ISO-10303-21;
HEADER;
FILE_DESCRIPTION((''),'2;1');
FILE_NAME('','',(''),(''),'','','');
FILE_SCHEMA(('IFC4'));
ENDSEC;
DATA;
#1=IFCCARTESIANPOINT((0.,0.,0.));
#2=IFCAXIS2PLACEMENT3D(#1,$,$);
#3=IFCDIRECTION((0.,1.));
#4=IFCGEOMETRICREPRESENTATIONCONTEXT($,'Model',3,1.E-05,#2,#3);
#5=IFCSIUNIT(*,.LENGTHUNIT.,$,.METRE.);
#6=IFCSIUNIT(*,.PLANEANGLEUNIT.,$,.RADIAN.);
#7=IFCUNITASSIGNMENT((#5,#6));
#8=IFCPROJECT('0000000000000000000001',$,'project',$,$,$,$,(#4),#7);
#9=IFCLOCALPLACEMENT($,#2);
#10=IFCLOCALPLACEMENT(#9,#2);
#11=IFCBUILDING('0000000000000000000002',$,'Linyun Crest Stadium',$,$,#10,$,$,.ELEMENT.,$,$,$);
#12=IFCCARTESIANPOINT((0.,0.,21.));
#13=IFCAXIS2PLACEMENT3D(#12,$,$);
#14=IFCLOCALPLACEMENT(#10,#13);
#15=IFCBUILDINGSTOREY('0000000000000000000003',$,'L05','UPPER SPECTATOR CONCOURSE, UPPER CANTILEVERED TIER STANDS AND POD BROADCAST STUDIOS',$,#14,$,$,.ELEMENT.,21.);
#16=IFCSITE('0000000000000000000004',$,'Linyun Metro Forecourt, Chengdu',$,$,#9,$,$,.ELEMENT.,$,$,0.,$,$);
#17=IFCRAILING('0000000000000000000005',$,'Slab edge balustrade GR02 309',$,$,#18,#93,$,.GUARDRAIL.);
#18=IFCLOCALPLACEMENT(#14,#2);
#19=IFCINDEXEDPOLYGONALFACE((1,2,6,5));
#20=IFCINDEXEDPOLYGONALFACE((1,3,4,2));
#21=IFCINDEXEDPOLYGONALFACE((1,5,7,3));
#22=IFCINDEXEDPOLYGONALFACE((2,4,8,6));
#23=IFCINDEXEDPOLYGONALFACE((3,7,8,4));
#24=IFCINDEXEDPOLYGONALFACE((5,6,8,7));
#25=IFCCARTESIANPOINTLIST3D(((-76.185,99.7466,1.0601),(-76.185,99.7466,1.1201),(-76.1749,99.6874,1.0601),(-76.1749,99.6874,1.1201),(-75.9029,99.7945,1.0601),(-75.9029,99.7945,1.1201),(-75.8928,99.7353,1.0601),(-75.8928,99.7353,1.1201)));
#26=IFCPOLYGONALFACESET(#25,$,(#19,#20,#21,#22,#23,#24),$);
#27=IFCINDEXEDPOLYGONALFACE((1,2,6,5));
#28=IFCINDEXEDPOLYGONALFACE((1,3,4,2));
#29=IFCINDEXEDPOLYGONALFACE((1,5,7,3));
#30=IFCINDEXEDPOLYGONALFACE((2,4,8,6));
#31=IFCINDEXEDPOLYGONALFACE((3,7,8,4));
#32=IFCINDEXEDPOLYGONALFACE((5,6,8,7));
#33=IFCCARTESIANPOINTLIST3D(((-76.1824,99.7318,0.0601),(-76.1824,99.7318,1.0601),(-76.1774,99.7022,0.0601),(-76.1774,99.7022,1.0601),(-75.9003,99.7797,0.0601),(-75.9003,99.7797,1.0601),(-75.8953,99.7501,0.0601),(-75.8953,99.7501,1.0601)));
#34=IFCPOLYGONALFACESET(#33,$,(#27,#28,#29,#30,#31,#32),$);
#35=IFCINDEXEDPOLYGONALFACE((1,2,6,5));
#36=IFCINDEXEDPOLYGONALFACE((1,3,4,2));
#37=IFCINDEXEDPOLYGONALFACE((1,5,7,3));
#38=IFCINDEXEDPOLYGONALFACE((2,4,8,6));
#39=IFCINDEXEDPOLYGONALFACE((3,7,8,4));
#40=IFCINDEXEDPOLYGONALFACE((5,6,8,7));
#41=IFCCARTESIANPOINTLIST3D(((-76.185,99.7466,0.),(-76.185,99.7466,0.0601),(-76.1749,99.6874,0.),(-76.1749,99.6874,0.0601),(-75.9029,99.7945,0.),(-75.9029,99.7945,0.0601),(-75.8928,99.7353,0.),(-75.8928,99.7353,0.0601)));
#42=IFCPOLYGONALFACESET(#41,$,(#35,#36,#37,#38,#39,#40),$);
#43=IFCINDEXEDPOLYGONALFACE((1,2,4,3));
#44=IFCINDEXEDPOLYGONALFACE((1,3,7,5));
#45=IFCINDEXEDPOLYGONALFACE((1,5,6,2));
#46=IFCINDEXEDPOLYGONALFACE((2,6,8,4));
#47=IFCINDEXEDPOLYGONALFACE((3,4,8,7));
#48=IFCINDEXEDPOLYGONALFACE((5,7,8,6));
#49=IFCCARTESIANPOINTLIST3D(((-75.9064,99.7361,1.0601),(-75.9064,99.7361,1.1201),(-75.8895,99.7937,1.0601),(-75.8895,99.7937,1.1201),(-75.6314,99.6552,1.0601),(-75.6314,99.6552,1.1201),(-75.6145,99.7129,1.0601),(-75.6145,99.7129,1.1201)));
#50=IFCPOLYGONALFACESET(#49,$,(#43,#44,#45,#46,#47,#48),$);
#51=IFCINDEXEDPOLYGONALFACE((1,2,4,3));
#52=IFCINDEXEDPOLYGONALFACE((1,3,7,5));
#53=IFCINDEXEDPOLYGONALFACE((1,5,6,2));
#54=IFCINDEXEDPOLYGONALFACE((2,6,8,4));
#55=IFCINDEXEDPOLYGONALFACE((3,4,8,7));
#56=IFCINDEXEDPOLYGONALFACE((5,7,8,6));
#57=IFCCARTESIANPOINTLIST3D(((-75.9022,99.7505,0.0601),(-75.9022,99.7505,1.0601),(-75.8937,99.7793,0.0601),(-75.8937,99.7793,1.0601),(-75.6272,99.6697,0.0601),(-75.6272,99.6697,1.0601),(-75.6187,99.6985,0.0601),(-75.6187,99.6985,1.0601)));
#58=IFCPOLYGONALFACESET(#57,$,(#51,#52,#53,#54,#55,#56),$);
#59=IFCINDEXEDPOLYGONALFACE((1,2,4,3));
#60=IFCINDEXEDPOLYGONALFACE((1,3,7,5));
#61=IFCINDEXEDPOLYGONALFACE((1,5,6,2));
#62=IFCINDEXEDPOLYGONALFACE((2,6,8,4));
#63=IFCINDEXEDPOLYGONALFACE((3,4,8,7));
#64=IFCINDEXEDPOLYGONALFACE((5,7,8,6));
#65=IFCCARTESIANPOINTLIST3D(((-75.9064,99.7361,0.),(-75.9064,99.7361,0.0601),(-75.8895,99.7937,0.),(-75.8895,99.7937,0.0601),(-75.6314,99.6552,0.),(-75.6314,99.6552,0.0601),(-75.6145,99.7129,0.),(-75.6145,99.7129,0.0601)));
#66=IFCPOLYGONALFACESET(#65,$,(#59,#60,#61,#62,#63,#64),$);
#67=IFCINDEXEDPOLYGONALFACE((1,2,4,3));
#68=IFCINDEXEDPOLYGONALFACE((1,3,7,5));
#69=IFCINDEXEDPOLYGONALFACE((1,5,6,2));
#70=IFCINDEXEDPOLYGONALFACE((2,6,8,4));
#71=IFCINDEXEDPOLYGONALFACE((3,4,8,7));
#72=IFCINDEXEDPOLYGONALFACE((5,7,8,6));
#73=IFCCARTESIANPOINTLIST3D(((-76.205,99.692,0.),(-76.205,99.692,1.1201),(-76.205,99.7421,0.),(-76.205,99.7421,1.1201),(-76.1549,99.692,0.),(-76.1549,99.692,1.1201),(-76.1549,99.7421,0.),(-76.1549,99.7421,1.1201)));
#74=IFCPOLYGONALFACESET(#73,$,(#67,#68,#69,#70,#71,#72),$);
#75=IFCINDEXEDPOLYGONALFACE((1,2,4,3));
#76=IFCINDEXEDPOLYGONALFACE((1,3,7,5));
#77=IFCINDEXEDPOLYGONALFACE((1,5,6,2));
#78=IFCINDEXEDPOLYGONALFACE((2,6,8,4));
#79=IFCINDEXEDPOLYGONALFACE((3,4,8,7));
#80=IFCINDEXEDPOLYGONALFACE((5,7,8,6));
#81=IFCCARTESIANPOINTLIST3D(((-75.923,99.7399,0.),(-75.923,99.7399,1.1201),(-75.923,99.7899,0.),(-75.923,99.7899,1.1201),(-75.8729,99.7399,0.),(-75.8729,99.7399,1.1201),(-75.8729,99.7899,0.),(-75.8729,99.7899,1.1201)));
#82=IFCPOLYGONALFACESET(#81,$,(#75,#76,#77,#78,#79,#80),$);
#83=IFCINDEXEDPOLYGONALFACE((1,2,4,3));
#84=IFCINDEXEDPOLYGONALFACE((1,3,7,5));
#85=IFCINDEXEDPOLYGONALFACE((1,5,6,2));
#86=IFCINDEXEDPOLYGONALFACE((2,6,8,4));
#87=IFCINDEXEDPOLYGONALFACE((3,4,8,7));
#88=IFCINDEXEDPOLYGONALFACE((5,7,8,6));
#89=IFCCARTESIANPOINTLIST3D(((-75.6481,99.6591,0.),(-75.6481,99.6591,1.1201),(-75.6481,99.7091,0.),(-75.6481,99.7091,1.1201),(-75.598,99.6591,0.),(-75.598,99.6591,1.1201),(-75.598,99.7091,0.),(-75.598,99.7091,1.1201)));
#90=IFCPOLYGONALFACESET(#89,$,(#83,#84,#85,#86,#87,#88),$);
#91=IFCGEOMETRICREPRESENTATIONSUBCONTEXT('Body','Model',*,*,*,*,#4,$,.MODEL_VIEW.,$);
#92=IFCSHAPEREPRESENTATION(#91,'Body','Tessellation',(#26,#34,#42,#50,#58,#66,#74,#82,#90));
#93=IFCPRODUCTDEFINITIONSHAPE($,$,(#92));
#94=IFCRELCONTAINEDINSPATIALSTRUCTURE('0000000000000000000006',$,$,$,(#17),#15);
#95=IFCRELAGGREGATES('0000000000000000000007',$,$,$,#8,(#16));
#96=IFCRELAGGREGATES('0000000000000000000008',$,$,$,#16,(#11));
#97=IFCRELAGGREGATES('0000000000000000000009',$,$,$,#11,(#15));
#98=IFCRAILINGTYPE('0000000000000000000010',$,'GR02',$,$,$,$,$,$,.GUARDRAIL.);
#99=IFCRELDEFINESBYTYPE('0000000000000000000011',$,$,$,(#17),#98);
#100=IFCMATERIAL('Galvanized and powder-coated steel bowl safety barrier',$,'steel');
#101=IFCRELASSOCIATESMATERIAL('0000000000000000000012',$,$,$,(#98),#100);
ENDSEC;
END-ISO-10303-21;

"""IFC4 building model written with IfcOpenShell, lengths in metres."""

from ifc_helpers import new_model, si_unit, direction, frame, origin, origin_2d, place, context, subcontext, project, spatial, rectangle, extrude, material, type_object, element, save


model = new_model("IFC4")

# Units and contexts
model_context = context("Model", 3, precision=1e-05, world=origin(), true_north=direction((0.0, 1.0)))
body_context = subcontext(model_context, "Body", "Model", "MODEL_VIEW")
ifc_project = project(units=[si_unit("LENGTHUNIT", "METRE"), si_unit("PLANEANGLEUNIT", "RADIAN")], contexts=[model_context])

# Site, building, storey
site_placement = place(None, origin())
site = spatial("IfcSite", under=ifc_project, at=site_placement, Name="Linyun Metro Forecourt, Chengdu", CompositionType="ELEMENT", RefElevation=0.0)
building_placement = place(site_placement, origin())
building = spatial("IfcBuilding", under=site, at=building_placement, Name="Linyun Crest Stadium", CompositionType="ELEMENT")
storey_placement = place(building_placement, frame((0.0, 0.0, 21.0)))
storey = spatial("IfcBuildingStorey", under=building, at=storey_placement, Name="L05", Description="UPPER SPECTATOR CONCOURSE, UPPER CANTILEVERED TIER STANDS AND POD BROADCAST STUDIOS", CompositionType="ELEMENT", Elevation=21.0)

# Railing
ifc_material_1 = material(Name="Galvanized and powder-coated steel bowl safety barrier", Category="steel")
railing_type = type_object("IfcRailingType", Name="GR02", PredefinedType="GUARDRAIL", material=ifc_material_1)
railing_placement = place(storey_placement, frame((-76.1799, 99.717, 0.0)))
element("IfcRailing", 1, at=railing_placement, inside=storey, type_object=railing_type, Name="Slab edge balustrade GR02 309", PredefinedType="GUARDRAIL", context=body_context, shape_type="SweptSolid", body=[
    extrude(rectangle(XDim=0.0601, YDim=0.0601, at=origin_2d()), frame((0.0, 0.0, 1.0901), z_axis=(0.985905, 0.167305, 0.0), x_axis=(-0.167305, 0.985905, 0.0)), (0.0, 0.0, 1.0), 0.2861),
    extrude(rectangle(XDim=0.03, YDim=1.0, at=origin_2d()), frame((0.0, 0.0, 0.5601), z_axis=(0.985905, 0.167305, 0.0), x_axis=(-0.167305, 0.985905, 0.0)), (0.0, 0.0, 1.0), 0.2861),
    extrude(rectangle(XDim=0.0601, YDim=0.0601, at=origin_2d()), frame((0.0, 0.0, 0.03), z_axis=(0.985905, 0.167305, 0.0), x_axis=(-0.167305, 0.985905, 0.0)), (0.0, 0.0, 1.0), 0.2861),
    extrude(rectangle(XDim=0.0601, YDim=0.0601, at=origin_2d()), frame((0.282, 0.0479, 1.0901), z_axis=(0.959406, -0.282028, 0.0), x_axis=(0.282028, 0.959406, 0.0)), (0.0, 0.0, 1.0), 0.2866),
    extrude(rectangle(XDim=0.03, YDim=1.0, at=origin_2d()), frame((0.282, 0.0479, 0.5601), z_axis=(0.959406, -0.282028, 0.0), x_axis=(0.282028, 0.959406, 0.0)), (0.0, 0.0, 1.0), 0.2866),
    extrude(rectangle(XDim=0.0601, YDim=0.0601, at=origin_2d()), frame((0.282, 0.0479, 0.03), z_axis=(0.959406, -0.282028, 0.0), x_axis=(0.282028, 0.959406, 0.0)), (0.0, 0.0, 1.0), 0.2866),
    extrude(rectangle(XDim=0.05, YDim=0.05, at=origin_2d()), origin(), (0.0, 0.0, 1.0), 1.1201),
    extrude(rectangle(XDim=0.05, YDim=0.05, at=origin_2d()), frame((0.282, 0.0479, 0.0)), (0.0, 0.0, 1.0), 1.1201),
    extrude(rectangle(XDim=0.05, YDim=0.05, at=origin_2d()), frame((0.5569, -0.033, 0.0)), (0.0, 0.0, 1.0), 1.1201),
])

save(model, "model.ifc")
